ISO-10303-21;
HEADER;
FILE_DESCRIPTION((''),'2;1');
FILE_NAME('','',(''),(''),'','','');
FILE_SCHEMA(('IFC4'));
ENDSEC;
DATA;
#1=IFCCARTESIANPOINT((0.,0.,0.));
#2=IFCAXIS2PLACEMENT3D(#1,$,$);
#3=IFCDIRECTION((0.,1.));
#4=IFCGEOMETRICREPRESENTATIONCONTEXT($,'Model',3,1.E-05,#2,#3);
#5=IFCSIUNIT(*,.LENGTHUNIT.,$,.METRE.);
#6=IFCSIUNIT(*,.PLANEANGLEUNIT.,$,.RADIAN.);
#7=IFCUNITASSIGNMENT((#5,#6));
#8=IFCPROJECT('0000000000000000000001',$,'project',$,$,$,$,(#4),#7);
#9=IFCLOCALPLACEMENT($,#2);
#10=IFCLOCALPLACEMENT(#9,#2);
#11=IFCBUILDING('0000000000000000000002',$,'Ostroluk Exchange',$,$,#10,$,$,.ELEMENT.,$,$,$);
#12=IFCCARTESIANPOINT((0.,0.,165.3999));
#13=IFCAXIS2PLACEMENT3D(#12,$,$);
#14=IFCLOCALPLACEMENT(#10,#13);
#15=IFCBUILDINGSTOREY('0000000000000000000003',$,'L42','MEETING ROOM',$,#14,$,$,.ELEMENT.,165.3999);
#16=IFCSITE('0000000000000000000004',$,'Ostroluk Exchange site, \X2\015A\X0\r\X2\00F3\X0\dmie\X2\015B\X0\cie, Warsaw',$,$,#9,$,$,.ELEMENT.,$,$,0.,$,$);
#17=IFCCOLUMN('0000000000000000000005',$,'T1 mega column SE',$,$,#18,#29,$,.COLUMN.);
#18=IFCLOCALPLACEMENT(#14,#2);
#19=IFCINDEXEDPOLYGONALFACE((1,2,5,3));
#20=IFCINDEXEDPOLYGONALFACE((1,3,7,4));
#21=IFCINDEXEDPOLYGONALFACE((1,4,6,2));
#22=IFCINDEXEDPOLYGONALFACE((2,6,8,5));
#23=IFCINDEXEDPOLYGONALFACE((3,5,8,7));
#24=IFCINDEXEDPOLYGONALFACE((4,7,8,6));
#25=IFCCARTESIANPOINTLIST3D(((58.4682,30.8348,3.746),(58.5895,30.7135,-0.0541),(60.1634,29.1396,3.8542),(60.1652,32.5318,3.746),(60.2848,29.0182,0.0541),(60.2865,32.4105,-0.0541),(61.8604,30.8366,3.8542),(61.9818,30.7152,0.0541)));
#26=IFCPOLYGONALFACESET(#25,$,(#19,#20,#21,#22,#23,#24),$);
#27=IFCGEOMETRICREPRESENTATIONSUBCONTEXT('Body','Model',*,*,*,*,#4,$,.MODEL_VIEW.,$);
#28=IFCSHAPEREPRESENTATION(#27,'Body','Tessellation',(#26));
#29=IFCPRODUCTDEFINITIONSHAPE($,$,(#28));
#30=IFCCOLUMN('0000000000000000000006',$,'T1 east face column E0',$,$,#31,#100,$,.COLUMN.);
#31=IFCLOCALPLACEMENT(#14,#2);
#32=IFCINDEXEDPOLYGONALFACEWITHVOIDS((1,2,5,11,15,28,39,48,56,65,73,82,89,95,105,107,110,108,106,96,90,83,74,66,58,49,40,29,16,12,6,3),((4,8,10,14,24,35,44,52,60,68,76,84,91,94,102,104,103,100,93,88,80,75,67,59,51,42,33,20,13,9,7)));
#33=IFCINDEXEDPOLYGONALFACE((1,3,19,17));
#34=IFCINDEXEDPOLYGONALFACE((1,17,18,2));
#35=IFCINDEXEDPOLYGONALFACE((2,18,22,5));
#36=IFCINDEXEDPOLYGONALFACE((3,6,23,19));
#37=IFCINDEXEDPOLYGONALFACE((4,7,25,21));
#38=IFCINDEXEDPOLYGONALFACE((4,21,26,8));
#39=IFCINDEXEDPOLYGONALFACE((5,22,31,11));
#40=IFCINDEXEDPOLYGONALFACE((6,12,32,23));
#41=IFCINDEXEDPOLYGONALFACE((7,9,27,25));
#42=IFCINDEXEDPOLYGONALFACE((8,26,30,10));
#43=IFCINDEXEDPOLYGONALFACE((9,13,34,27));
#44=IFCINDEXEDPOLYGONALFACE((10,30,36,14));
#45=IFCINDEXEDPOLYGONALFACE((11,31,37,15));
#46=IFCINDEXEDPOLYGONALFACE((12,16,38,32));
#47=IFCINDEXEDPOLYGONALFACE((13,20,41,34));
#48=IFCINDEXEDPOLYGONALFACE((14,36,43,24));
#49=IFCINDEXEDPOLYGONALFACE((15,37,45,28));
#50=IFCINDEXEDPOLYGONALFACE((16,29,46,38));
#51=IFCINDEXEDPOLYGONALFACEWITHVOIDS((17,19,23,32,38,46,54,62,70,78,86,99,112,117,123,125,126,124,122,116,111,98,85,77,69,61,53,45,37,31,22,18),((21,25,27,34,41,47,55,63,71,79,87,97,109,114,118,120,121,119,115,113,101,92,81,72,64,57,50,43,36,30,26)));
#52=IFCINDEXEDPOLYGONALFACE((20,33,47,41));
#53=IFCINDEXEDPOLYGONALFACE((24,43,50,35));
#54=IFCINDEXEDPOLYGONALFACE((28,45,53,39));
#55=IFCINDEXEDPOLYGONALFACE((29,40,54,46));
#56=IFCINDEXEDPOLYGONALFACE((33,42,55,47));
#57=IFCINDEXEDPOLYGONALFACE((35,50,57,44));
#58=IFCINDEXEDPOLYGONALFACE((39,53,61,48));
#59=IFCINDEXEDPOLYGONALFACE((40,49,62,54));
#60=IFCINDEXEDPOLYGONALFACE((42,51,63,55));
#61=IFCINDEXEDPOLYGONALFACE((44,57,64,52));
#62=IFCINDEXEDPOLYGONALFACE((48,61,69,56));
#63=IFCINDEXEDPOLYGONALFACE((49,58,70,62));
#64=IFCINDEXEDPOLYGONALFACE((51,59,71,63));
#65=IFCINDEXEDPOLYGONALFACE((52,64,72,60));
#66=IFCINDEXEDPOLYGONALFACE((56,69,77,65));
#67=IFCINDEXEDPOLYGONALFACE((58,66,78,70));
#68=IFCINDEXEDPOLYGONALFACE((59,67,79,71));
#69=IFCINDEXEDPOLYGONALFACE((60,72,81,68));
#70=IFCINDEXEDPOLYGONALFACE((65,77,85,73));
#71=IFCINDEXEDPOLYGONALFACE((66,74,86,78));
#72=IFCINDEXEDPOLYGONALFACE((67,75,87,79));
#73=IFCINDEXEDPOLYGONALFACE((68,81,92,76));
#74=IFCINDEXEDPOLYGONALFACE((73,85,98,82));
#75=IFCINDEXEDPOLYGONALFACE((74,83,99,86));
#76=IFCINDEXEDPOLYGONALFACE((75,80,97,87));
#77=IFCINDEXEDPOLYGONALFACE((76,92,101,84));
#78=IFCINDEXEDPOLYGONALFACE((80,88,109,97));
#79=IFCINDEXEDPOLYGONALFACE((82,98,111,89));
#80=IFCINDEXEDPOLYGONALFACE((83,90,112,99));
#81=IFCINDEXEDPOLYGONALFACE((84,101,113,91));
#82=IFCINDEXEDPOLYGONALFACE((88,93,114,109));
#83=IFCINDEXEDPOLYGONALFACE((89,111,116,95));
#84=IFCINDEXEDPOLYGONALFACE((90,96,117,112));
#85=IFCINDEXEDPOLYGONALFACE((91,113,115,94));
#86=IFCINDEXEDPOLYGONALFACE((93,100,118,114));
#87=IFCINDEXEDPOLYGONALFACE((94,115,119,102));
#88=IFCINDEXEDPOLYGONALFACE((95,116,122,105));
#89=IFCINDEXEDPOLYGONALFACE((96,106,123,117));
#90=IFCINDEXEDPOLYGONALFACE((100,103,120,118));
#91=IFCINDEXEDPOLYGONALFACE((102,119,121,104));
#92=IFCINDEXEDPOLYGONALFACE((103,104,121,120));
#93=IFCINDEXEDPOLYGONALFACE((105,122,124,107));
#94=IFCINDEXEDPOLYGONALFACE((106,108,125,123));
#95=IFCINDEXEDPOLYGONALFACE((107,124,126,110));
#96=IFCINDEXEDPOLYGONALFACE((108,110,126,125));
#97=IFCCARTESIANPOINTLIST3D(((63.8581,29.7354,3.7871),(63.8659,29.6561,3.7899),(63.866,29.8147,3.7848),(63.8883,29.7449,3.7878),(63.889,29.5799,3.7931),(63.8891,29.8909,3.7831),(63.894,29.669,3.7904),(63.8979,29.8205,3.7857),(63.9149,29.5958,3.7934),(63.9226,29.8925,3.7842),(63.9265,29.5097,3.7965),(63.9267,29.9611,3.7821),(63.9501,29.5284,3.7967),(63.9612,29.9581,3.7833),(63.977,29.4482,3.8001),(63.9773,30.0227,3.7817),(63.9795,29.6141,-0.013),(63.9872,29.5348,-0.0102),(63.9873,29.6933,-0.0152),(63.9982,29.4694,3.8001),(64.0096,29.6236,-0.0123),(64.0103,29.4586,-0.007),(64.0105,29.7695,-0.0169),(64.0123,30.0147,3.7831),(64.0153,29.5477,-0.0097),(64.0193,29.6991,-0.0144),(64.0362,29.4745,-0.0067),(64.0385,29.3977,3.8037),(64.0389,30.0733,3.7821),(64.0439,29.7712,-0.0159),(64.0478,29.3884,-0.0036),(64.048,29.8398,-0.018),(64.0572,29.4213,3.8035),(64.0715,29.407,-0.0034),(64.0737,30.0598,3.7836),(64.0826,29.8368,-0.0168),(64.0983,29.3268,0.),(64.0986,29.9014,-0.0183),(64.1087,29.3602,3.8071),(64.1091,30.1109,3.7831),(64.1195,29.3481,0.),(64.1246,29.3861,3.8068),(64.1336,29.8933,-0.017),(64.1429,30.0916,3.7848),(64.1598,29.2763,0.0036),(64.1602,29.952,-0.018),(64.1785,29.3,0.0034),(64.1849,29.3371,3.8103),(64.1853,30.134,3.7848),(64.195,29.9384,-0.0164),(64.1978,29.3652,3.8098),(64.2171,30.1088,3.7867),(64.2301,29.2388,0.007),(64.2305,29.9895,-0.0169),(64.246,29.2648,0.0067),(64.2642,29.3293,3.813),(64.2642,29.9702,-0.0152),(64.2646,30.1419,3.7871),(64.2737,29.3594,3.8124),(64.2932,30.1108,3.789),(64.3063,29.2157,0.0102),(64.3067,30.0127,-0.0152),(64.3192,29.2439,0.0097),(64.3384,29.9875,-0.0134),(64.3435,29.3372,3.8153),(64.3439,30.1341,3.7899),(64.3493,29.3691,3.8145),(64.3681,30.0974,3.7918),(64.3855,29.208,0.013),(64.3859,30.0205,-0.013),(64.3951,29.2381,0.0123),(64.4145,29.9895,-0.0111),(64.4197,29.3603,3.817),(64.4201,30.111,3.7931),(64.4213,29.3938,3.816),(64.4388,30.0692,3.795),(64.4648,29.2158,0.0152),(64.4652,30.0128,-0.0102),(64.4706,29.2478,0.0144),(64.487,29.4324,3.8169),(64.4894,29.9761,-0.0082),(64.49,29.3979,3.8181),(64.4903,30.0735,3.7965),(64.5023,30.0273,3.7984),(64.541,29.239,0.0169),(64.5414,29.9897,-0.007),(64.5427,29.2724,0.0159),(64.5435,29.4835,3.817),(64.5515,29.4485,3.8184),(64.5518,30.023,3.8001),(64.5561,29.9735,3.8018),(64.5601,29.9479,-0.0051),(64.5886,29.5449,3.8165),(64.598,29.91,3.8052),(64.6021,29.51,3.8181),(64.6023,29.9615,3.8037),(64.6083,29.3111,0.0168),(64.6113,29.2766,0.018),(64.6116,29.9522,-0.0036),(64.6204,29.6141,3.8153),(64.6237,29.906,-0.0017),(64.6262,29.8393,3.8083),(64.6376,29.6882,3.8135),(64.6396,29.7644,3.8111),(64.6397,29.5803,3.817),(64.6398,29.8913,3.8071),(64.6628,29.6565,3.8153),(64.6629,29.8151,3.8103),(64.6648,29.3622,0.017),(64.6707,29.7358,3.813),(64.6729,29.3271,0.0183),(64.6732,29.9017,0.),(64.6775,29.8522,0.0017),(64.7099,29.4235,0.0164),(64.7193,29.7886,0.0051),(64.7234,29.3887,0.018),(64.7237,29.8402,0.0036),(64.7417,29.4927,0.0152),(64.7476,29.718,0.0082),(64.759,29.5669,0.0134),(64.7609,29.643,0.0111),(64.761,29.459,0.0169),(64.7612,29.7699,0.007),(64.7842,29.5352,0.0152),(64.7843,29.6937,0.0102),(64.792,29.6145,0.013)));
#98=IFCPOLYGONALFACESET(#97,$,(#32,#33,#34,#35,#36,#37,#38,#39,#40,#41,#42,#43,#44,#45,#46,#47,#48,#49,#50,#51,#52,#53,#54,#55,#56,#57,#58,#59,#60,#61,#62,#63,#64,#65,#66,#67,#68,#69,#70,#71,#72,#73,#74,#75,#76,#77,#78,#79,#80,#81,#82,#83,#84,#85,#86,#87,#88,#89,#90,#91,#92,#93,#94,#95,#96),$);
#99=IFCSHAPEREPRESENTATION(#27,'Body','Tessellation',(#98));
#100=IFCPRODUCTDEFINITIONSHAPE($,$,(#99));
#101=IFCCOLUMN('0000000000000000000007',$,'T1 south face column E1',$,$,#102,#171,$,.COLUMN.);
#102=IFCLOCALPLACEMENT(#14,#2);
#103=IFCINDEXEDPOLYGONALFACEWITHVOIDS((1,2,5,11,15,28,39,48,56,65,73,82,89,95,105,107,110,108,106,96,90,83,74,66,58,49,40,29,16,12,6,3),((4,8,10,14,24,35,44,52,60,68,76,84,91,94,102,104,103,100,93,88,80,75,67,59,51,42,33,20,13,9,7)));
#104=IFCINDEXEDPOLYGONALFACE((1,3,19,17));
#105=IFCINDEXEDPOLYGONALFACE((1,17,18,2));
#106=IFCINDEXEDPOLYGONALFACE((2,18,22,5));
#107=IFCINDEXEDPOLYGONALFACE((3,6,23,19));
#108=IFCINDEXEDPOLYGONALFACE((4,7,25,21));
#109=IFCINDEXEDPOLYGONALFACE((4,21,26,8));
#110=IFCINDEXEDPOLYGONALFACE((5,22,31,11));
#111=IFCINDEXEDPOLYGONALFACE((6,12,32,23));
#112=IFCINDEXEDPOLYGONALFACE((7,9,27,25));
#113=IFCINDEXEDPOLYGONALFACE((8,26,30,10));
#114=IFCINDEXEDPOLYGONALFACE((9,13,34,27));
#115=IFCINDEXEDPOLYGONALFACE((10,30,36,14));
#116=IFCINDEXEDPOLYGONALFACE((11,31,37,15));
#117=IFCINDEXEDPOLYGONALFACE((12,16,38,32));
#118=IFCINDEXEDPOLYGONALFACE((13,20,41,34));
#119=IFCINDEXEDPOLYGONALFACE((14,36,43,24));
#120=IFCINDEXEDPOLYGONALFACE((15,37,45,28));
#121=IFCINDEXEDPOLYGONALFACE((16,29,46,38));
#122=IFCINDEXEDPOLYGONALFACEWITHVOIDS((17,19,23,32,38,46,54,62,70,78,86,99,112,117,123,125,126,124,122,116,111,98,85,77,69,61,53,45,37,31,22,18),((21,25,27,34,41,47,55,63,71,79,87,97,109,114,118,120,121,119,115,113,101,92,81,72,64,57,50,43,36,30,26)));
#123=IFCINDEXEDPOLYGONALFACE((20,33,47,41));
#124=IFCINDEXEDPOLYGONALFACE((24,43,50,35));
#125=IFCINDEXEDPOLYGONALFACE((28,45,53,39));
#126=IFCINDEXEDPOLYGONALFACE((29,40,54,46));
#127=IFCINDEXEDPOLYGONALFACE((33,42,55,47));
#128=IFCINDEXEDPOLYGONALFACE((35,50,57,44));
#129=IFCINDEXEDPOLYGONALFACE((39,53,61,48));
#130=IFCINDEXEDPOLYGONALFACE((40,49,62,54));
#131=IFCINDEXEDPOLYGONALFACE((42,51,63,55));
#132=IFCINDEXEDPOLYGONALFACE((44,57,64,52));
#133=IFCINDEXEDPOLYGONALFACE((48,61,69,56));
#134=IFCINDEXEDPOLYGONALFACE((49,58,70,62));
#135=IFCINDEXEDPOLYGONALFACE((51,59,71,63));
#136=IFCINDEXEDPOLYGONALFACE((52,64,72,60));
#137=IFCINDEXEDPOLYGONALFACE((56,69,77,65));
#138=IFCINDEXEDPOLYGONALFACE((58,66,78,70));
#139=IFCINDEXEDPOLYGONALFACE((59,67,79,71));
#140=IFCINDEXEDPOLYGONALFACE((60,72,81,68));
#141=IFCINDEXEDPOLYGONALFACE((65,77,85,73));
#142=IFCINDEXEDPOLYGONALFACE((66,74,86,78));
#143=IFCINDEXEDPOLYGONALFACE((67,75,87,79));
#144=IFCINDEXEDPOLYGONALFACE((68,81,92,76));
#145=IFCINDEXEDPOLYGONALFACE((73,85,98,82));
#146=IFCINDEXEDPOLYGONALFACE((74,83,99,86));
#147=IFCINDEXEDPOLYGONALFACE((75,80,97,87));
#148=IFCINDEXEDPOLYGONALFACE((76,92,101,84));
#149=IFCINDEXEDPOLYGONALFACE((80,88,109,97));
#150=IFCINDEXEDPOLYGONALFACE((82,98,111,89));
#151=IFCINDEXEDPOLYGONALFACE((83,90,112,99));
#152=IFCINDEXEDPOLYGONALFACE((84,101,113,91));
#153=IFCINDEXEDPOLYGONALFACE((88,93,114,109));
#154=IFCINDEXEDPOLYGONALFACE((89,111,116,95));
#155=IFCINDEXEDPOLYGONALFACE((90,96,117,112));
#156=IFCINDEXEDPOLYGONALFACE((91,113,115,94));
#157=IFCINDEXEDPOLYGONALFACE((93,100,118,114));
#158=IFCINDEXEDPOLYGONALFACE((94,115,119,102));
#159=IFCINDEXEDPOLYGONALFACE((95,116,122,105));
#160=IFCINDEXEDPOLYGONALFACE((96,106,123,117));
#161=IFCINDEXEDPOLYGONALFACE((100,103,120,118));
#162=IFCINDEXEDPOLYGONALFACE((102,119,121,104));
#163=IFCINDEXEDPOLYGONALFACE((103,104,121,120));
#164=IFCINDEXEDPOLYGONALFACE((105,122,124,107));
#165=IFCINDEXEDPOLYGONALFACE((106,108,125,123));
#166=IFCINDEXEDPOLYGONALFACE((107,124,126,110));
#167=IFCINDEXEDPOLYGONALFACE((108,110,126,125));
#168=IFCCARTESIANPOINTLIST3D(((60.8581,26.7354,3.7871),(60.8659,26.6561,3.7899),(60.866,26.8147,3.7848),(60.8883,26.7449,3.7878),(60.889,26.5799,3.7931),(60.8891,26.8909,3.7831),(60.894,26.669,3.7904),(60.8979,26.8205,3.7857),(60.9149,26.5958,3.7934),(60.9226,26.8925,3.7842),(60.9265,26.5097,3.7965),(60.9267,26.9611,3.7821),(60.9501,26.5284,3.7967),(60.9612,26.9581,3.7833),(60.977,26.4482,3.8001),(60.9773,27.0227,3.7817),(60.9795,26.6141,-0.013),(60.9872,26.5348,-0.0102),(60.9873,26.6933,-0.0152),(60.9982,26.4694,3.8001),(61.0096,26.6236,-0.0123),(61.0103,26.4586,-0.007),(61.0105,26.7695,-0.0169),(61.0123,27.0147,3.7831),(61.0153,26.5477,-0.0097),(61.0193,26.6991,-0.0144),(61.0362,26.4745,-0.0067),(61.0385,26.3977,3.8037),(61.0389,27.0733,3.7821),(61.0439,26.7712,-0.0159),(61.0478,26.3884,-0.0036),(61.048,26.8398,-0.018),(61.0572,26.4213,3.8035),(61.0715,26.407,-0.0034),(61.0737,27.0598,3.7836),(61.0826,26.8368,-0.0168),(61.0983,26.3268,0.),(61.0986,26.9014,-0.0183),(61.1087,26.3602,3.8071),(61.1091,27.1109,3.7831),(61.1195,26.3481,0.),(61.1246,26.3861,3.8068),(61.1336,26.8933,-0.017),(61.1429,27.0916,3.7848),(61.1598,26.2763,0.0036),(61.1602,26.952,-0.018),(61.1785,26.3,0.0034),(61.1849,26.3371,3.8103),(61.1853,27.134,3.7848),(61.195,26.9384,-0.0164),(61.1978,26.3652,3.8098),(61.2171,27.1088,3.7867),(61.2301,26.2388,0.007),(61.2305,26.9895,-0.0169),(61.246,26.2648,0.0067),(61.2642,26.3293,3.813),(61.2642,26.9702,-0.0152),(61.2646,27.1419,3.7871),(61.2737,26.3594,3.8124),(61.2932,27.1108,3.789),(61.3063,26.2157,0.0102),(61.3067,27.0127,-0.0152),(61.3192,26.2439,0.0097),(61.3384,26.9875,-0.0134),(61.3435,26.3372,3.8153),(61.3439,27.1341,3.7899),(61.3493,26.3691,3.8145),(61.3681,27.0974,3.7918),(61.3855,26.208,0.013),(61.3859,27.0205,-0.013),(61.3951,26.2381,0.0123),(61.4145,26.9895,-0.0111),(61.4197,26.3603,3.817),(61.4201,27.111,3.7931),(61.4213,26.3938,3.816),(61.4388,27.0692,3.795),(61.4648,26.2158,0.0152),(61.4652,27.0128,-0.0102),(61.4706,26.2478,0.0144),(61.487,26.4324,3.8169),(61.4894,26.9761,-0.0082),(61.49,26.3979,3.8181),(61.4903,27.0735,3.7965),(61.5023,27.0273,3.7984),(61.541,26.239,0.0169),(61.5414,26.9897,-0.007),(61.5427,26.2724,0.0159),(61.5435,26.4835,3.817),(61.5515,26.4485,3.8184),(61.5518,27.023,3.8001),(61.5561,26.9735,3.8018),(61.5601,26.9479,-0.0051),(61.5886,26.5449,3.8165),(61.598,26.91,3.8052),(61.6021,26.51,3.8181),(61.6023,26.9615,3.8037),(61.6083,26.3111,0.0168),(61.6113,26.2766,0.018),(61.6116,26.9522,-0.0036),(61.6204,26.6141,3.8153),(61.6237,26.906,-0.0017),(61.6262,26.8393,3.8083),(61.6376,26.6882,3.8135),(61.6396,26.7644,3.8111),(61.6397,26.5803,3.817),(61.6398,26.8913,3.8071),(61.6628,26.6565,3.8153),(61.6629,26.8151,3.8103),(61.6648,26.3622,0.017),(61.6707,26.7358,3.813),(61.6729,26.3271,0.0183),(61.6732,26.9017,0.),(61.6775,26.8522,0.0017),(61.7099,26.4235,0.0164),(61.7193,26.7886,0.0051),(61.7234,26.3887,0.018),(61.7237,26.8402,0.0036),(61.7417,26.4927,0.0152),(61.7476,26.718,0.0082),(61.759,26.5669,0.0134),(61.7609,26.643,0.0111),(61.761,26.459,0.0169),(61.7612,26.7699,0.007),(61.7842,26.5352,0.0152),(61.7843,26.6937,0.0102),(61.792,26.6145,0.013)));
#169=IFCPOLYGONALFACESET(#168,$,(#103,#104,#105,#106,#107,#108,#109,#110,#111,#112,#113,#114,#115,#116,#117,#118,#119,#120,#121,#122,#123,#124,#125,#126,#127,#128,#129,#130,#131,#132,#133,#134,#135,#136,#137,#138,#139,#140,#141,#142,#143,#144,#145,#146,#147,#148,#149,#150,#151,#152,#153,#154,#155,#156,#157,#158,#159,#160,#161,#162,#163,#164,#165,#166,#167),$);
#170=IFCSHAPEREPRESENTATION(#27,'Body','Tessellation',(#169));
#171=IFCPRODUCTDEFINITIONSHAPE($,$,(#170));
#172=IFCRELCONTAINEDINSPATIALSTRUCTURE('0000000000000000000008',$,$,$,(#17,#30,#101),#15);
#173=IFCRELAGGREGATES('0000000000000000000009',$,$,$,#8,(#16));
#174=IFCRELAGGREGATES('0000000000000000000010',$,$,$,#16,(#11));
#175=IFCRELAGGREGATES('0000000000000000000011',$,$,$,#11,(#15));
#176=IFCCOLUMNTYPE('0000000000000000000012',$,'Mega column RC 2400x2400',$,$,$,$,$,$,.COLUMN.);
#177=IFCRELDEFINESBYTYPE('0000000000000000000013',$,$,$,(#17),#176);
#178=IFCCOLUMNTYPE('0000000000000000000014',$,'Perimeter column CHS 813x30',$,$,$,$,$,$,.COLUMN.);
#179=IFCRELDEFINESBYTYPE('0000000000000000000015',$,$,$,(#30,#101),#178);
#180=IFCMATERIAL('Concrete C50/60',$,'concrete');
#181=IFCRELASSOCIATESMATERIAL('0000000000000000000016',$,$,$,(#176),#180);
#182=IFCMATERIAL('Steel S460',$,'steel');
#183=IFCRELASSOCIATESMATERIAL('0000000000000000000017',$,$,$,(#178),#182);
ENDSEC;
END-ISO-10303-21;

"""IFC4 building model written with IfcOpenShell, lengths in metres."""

from ifc_helpers import new_model, si_unit, direction, frame, origin, origin_2d, place, context, subcontext, project, spatial, rectangle, hollow_circle, extrude, material, material_profile, profile_set, type_object, element, save


model = new_model("IFC4")

# Units and contexts
model_context = context("Model", 3, precision=1e-05, world=origin(), true_north=direction((0.0, 1.0)))
body_context = subcontext(model_context, "Body", "Model", "MODEL_VIEW")
ifc_project = project(units=[si_unit("LENGTHUNIT", "METRE"), si_unit("PLANEANGLEUNIT", "RADIAN")], contexts=[model_context])

# Site, building, storey
site_placement = place(None, origin())
site = spatial("IfcSite", under=ifc_project, at=site_placement, Name="Ostroluk Exchange site, Śródmieście, Warsaw", CompositionType="ELEMENT", RefElevation=0.0)
building_placement = place(site_placement, origin())
building = spatial("IfcBuilding", under=site, at=building_placement, Name="Ostroluk Exchange", CompositionType="ELEMENT")
storey_placement = place(building_placement, frame((0.0, 0.0, 165.3999)))
storey = spatial("IfcBuildingStorey", under=building, at=storey_placement, Name="L42", Description="MEETING ROOM", CompositionType="ELEMENT", Elevation=165.3999)

# Columns
ifc_material_1 = material(Name="Concrete C50/60", Category="concrete")
ifc_material_profile_1 = material_profile(ifc_material_1, rectangle(XDim=2.3999, YDim=2.3999, at=origin_2d()), Name="RC 2400x2400")
ifc_profile_set_1 = profile_set([ifc_material_profile_1], Name="Concrete C50/60")
column_type_1 = type_object("IfcColumnType", Name="Mega column RC 2400x2400", PredefinedType="COLUMN", material=ifc_profile_set_1)
column_placement = place(storey_placement, frame((60.2856, 30.7144, 0.0), z_axis=(-0.031898, 0.031898, 0.998982), x_axis=(-0.707107, -0.707107, 0.0)))
element("IfcColumn", 1, at=column_placement, inside=storey, type_object=column_type_1, Name="T1 mega column SE", PredefinedType="COLUMN", context=body_context, shape_type="SweptSolid", body=[
    extrude(rectangle(XDim=2.3999, YDim=2.3999, at=origin_2d()), origin(), (0.0, 0.0, 1.0), 3.804),
])
ifc_material_2 = material(Name="Steel S460", Category="steel")
ifc_material_profile_2 = material_profile(ifc_material_2, hollow_circle(Radius=0.4065, WallThickness=0.03, at=origin_2d()), Name="CHS 813x30")
ifc_profile_set_2 = profile_set([ifc_material_profile_2], Name="Steel S460")
column_type_2 = type_object("IfcColumnType", Name="Perimeter column CHS 813x30", PredefinedType="COLUMN", material=ifc_profile_set_2)
for number, where, z_axis, x_axis, name in (
    (2, (64.3857, 29.6143, 0.0), (-0.031898, 0.031898, 0.998982), (-0.707107, -0.707107, 0.0), "T1 east face column E0"),
    (3, (61.3857, 26.6143, 0.0), (-0.031898, 0.031898, 0.998982), (-0.707107, -0.707107, 0.0), "T1 south face column E1"),
):
    element("IfcColumn", number, at=place(storey_placement, frame(where, z_axis=z_axis, x_axis=x_axis)), inside=storey, type_object=column_type_2, Name=name, PredefinedType="COLUMN", context=body_context, shape_type="SweptSolid", body=[
        extrude(hollow_circle(Radius=0.4065, WallThickness=0.03, at=origin_2d()), origin(), (0.0, 0.0, 1.0), 3.804),
    ])

save(model, "model.ifc")
